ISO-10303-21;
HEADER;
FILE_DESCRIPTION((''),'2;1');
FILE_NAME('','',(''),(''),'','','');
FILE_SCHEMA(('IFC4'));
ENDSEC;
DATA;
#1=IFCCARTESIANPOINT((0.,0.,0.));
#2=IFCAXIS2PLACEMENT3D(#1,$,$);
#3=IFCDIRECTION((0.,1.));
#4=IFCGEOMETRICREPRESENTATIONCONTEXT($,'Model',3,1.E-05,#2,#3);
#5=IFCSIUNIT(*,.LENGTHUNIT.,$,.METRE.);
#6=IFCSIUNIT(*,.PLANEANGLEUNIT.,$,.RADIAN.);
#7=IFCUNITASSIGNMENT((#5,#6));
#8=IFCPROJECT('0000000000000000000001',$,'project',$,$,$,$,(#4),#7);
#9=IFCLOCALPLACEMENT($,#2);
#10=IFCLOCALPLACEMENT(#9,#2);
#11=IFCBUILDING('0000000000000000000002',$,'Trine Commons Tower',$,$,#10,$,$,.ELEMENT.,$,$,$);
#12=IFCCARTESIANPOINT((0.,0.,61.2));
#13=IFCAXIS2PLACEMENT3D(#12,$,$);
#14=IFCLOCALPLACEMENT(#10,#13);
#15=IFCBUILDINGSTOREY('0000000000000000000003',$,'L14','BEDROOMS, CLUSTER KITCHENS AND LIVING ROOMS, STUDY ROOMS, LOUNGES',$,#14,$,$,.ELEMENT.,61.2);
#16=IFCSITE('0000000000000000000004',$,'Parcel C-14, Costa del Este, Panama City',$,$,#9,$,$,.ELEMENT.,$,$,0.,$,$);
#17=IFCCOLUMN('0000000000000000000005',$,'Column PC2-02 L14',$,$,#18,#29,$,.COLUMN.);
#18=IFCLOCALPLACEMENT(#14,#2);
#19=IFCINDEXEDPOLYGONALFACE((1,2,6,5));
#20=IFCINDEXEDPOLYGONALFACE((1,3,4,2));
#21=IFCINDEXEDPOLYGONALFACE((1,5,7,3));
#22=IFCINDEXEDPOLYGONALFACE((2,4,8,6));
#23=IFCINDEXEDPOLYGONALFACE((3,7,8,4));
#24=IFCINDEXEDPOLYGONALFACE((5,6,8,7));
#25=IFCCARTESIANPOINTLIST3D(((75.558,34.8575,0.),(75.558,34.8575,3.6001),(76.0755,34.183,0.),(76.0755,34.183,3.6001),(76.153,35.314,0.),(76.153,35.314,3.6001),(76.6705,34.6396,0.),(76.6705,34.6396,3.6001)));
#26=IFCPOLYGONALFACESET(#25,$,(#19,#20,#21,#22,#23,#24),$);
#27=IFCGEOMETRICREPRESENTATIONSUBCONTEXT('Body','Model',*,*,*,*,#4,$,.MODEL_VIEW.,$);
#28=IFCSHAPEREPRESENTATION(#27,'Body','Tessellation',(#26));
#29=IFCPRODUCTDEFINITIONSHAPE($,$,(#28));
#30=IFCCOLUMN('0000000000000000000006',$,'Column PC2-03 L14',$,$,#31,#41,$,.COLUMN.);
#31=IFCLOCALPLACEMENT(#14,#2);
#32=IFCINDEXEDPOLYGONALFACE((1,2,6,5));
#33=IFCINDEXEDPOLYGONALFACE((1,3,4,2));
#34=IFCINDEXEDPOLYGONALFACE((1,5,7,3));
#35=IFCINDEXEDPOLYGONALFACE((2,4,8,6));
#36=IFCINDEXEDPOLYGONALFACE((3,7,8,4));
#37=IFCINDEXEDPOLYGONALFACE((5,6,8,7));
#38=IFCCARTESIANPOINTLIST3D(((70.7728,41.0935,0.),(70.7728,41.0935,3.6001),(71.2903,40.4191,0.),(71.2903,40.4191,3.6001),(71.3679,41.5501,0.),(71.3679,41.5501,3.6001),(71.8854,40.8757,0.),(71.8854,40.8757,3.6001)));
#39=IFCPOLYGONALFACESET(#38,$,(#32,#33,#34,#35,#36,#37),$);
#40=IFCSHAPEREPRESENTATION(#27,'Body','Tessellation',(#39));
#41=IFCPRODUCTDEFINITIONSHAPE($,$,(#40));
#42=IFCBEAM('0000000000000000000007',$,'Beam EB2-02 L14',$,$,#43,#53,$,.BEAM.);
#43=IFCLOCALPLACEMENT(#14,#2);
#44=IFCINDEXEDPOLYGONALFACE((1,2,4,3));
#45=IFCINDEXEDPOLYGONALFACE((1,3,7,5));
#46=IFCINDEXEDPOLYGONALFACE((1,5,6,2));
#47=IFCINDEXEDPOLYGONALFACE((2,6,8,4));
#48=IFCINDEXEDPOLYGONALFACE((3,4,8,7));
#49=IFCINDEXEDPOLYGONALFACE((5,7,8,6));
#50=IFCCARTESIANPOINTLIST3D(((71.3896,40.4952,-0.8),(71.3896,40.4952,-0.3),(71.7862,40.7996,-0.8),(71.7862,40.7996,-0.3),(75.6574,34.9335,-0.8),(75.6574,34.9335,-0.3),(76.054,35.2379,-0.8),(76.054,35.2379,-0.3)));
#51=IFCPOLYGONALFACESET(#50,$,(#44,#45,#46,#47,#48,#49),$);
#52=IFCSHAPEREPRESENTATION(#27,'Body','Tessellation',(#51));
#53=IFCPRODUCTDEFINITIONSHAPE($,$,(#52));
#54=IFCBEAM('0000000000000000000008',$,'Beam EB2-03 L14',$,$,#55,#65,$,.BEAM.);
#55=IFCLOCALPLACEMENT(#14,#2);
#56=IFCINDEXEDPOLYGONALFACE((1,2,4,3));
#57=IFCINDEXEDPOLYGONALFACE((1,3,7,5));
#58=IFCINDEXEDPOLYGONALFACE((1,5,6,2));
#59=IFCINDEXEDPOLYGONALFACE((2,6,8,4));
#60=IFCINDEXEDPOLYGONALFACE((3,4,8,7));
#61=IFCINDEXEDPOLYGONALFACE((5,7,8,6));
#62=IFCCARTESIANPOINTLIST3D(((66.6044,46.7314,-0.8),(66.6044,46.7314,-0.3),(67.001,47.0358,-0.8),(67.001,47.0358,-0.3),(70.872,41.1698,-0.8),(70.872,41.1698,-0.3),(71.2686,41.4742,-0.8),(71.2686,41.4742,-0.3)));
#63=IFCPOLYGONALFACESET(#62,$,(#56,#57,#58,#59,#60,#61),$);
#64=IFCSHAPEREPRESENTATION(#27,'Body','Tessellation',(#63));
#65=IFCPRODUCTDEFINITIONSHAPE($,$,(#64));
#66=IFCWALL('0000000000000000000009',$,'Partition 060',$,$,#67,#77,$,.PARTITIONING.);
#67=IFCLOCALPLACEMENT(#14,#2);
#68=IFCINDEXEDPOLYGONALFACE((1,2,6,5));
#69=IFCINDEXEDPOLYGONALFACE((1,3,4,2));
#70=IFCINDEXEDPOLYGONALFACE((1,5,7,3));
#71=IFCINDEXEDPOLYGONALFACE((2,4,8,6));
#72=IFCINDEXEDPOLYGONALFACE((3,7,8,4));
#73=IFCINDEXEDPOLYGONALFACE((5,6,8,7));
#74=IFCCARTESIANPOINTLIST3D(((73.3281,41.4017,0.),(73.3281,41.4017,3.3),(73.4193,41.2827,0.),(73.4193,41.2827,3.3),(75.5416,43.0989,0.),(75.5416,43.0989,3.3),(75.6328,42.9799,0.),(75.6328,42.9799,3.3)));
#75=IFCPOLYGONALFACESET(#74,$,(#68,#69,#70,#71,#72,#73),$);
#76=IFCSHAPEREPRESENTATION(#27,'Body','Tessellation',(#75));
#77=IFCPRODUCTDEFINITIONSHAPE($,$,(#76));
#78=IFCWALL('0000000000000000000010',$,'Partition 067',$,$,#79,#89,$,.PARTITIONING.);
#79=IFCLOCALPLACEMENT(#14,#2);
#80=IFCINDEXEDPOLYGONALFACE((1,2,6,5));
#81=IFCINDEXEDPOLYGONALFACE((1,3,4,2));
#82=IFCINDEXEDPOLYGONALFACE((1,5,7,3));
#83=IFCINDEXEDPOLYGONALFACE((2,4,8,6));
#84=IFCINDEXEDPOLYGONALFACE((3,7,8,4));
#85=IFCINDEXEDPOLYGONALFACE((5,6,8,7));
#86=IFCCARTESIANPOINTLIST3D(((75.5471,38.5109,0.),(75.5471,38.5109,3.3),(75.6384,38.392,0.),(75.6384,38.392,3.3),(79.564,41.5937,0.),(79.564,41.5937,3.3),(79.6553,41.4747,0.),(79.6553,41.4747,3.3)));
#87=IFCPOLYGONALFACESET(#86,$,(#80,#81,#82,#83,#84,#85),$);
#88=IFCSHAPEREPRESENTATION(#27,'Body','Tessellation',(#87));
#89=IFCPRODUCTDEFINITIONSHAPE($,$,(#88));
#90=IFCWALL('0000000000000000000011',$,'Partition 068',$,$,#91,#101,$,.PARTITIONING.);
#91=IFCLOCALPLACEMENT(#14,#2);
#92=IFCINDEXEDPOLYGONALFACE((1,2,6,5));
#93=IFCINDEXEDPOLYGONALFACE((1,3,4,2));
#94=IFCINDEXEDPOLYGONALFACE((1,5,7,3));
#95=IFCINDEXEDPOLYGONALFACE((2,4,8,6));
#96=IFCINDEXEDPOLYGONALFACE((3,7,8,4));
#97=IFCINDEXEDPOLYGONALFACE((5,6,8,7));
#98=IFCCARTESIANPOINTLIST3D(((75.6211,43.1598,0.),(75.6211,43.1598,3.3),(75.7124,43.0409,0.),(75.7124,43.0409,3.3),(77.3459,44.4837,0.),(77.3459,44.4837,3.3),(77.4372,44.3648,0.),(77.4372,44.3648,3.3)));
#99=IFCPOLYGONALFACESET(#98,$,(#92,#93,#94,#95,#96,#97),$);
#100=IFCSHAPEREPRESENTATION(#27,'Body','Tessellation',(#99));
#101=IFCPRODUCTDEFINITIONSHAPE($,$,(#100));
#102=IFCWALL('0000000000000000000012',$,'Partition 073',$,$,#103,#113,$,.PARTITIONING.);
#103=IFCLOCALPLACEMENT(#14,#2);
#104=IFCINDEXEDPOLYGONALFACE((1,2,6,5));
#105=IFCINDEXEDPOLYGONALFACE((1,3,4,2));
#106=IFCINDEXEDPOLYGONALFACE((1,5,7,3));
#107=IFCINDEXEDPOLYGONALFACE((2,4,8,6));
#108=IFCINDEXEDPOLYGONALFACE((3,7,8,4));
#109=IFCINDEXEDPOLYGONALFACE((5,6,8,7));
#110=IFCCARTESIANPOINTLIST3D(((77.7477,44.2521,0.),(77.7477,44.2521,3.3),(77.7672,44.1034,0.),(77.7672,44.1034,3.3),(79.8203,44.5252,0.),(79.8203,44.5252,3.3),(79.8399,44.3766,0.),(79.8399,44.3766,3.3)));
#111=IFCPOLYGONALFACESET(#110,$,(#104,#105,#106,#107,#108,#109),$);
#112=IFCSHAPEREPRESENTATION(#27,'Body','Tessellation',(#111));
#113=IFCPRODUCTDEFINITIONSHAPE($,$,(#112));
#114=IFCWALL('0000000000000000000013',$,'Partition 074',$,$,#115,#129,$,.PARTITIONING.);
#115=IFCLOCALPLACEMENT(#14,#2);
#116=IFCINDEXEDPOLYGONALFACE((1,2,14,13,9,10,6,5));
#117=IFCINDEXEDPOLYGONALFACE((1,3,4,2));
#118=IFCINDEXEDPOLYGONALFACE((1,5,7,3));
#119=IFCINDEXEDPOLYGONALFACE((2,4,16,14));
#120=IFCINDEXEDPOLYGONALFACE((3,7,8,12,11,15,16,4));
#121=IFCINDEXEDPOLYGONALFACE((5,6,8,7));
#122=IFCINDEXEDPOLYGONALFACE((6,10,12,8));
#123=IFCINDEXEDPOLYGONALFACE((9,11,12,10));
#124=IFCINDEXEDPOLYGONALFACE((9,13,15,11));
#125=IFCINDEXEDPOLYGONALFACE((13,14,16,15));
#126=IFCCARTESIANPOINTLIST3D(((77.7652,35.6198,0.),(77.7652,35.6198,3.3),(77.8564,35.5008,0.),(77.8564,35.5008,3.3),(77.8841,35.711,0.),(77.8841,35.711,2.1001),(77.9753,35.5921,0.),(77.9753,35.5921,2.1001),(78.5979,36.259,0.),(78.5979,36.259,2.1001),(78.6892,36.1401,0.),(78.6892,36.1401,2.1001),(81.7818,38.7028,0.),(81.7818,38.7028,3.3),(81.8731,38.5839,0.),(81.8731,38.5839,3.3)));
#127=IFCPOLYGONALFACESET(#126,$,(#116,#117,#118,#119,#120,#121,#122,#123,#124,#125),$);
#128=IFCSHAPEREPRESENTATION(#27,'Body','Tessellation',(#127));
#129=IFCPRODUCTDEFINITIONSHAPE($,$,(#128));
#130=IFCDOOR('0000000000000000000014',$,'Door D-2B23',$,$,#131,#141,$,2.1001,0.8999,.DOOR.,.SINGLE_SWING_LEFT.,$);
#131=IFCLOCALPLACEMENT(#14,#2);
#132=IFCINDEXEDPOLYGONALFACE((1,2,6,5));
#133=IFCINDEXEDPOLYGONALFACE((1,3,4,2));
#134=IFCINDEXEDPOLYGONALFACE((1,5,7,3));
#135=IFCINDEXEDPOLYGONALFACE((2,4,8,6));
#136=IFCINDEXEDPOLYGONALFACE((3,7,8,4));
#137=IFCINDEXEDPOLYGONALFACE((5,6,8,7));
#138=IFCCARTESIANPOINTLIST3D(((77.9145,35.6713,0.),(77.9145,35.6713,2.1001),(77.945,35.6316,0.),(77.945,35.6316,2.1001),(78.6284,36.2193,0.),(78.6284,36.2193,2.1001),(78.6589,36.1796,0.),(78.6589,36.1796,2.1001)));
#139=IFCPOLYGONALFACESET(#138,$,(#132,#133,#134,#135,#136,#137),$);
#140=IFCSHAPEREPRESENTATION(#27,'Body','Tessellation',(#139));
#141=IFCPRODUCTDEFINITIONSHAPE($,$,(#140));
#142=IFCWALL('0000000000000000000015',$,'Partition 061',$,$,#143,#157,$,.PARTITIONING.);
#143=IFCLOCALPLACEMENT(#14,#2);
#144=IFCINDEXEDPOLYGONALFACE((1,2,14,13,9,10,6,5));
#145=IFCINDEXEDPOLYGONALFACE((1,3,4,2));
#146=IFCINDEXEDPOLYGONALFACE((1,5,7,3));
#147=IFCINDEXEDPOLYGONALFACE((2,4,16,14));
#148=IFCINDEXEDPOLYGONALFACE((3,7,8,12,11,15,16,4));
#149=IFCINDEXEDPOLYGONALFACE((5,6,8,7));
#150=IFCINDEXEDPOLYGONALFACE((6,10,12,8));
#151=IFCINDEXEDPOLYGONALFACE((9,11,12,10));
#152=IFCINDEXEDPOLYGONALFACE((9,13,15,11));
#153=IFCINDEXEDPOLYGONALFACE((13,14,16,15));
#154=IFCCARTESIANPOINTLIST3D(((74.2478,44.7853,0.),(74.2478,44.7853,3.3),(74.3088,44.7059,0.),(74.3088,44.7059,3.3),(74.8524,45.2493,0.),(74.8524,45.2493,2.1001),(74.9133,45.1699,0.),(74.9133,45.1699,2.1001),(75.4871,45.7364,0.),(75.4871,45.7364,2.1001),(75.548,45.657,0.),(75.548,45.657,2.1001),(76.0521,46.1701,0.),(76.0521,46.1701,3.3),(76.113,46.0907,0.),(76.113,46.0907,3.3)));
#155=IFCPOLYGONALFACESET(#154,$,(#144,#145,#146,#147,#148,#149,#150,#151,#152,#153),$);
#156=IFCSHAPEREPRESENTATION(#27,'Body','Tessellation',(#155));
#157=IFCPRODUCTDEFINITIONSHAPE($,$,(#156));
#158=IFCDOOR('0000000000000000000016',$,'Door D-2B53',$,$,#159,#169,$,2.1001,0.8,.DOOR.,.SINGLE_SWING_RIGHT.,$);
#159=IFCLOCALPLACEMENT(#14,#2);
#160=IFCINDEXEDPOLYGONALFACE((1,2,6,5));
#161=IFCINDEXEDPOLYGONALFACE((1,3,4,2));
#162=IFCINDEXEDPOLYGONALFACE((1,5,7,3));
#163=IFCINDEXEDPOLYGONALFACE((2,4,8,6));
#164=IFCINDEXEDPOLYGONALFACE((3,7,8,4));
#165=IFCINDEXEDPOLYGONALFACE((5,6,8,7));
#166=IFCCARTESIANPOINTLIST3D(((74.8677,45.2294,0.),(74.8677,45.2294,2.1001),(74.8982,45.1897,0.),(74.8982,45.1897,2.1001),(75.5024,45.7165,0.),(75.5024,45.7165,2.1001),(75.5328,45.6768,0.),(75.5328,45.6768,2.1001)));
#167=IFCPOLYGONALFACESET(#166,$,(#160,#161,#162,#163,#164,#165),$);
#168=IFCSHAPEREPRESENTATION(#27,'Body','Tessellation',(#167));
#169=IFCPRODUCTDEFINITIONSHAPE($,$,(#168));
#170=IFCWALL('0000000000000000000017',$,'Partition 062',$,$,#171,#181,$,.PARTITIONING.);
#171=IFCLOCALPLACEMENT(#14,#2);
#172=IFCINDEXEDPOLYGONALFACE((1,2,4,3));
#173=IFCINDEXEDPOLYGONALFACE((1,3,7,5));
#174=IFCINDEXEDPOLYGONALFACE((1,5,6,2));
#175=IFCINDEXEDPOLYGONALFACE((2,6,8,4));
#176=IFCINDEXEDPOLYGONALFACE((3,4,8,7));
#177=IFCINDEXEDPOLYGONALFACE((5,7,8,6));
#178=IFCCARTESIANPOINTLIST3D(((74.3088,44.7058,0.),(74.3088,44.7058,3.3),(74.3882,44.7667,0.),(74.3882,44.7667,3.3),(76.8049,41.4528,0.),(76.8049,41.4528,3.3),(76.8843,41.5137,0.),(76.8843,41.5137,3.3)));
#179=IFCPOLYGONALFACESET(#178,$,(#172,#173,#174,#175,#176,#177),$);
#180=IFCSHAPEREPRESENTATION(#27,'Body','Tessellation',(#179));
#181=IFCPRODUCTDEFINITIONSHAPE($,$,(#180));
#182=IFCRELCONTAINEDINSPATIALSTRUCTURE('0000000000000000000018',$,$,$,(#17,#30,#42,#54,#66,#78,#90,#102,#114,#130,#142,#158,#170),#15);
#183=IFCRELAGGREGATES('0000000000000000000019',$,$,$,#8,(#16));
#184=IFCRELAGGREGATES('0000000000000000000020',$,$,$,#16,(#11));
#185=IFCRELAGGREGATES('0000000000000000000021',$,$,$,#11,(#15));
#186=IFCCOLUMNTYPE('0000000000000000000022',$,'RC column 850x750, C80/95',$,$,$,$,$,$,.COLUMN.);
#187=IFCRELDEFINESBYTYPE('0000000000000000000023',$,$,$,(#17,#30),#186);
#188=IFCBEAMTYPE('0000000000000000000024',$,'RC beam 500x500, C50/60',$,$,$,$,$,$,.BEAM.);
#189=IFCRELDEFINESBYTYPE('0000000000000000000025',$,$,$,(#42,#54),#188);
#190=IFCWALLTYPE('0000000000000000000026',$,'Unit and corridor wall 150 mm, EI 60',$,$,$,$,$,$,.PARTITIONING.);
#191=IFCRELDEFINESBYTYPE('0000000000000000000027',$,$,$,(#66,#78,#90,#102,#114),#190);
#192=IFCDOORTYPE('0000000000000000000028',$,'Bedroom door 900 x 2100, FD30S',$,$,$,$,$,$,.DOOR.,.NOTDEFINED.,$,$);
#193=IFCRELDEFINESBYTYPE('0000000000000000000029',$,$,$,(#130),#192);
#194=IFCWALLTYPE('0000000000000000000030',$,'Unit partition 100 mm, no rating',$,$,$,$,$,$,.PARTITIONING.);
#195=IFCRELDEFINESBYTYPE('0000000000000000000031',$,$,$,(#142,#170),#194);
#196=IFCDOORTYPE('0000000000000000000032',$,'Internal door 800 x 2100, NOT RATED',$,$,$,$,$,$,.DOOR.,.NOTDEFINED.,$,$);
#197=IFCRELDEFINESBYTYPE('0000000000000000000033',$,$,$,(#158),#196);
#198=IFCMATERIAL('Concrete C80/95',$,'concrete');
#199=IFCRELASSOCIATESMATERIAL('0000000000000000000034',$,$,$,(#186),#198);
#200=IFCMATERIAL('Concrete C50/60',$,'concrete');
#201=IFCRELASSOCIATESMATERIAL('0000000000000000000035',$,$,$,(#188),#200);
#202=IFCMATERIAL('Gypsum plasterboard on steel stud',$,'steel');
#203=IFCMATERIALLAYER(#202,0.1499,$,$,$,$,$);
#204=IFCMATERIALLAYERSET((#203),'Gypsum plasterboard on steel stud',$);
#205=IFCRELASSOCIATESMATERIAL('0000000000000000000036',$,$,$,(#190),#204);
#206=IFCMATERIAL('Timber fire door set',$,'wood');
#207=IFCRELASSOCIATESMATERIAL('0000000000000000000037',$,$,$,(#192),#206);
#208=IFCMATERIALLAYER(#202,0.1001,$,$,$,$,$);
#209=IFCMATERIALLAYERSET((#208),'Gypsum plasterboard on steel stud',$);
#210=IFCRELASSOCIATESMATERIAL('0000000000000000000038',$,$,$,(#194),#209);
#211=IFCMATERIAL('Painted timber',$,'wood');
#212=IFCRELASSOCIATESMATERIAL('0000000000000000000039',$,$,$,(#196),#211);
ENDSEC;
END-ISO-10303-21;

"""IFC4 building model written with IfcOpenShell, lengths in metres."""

from ifc_helpers import new_model, si_unit, direction, frame, frame_2d, origin, origin_2d, place, context, subcontext, project, spatial, rectangle, extrude, material, layer, layer_set, material_profile, profile_set, type_object, element, fill, save


model = new_model("IFC4")

# Units and contexts
model_context = context("Model", 3, precision=1e-05, world=origin(), true_north=direction((0.0, 1.0)))
body_context = subcontext(model_context, "Body", "Model", "MODEL_VIEW")
ifc_project = project(units=[si_unit("LENGTHUNIT", "METRE"), si_unit("PLANEANGLEUNIT", "RADIAN")], contexts=[model_context])

# Site, building, storey
site_placement = place(None, origin())
site = spatial("IfcSite", under=ifc_project, at=site_placement, Name="Parcel C-14, Costa del Este, Panama City", CompositionType="ELEMENT", RefElevation=0.0)
building_placement = place(site_placement, origin())
building = spatial("IfcBuilding", under=site, at=building_placement, Name="Trine Commons Tower", CompositionType="ELEMENT")
storey_placement = place(building_placement, frame((0.0, 0.0, 61.2)))
storey = spatial("IfcBuildingStorey", under=building, at=storey_placement, Name="L14", Description="BEDROOMS, CLUSTER KITCHENS AND LIVING ROOMS, STUDY ROOMS, LOUNGES", CompositionType="ELEMENT", Elevation=61.2)

# Columns
ifc_material_1 = material(Name="Concrete C80/95", Category="concrete")
ifc_material_profile_1 = material_profile(ifc_material_1, rectangle(XDim=0.8501, YDim=0.75, at=origin_2d()), Name="RC 850x750")
ifc_profile_set_1 = profile_set([ifc_material_profile_1], Name="Concrete C80/95")
column_type = type_object("IfcColumnType", Name="RC column 850x750, C80/95", PredefinedType="COLUMN", material=ifc_profile_set_1)
for number, where, z_axis, x_axis, name in (
    (1, (76.1143, 34.7485, 0.0), (0.0, 0.0, 1.0), (-0.608761, 0.793353, 0.0), "Column PC2-02 L14"),
    (2, (71.3291, 40.9846, 0.0), (0.0, 0.0, 1.0), (-0.608761, 0.793353, 0.0), "Column PC2-03 L14"),
):
    element("IfcColumn", number, at=place(storey_placement, frame(where, z_axis=z_axis, x_axis=x_axis)), inside=storey, type_object=column_type, Name=name, PredefinedType="COLUMN", context=body_context, shape_type="SweptSolid", body=[
        extrude(rectangle(XDim=0.8501, YDim=0.75, at=origin_2d()), origin(), (0.0, 0.0, 1.0), 3.6001),
    ])

# Beams
ifc_material_2 = material(Name="Concrete C50/60", Category="concrete")
ifc_material_profile_2 = material_profile(ifc_material_2, rectangle(XDim=0.5, YDim=0.5, at=origin_2d()), Name="RC 500x500")
ifc_profile_set_2 = profile_set([ifc_material_profile_2], Name="Concrete C50/60")
beam_type = type_object("IfcBeamType", Name="RC beam 500x500, C50/60", PredefinedType="BEAM", material=ifc_profile_set_2)
beam_1_placement = place(storey_placement, frame((75.8557, 35.0857, -0.55), z_axis=(-0.608773, 0.793345, 0.0), x_axis=(-0.793345, -0.608773, 0.0)))
element("IfcBeam", 3, at=beam_1_placement, inside=storey, type_object=beam_type, Name="Beam EB2-02 L14", PredefinedType="BEAM", context=body_context, shape_type="SweptSolid", body=[
    extrude(rectangle(XDim=0.5, YDim=0.5, at=origin_2d()), origin(), (0.0, 0.0, 1.0), 7.0105),
])
beam_2_placement = place(storey_placement, frame((71.0703, 41.322, -0.55), z_axis=(-0.608768, 0.793348, 0.0), x_axis=(-0.793348, -0.608768, 0.0)))
element("IfcBeam", 4, at=beam_2_placement, inside=storey, type_object=beam_type, Name="Beam EB2-03 L14", PredefinedType="BEAM", context=body_context, shape_type="SweptSolid", body=[
    extrude(rectangle(XDim=0.5, YDim=0.5, at=origin_2d()), origin(), (0.0, 0.0, 1.0), 7.0103),
])

# Walls
ifc_material_3 = material(Name="Gypsum plasterboard on steel stud", Category="steel")
ifc_layer_1 = layer(ifc_material_3, 0.1499)
ifc_layer_set_1 = layer_set([ifc_layer_1], Name="Gypsum plasterboard on steel stud")
wall_type_1 = type_object("IfcWallType", Name="Unit and corridor wall 150 mm, EI 60", PredefinedType="PARTITIONING", material=ifc_layer_set_1)
wall_1_placement = place(storey_placement, frame((73.3738, 41.3423, 0.0), z_axis=(0.0, 0.0, 1.0), x_axis=(0.79358, 0.608466, 0.0)))
element("IfcWall", 5, at=wall_1_placement, inside=storey, type_object=wall_type_1, Name="Partition 060", PredefinedType="PARTITIONING", context=body_context, shape_type="SweptSolid", body=[
    extrude(rectangle(XDim=2.7893, YDim=0.1499, at=frame_2d((1.3945, 0.0))), origin(), (0.0, 0.0, 1.0), 3.3),
])
wall_2_placement = place(storey_placement, frame((75.5928, 38.4514, 0.0), z_axis=(0.0, 0.0, 1.0), x_axis=(0.793303, 0.608827, 0.0)))
element("IfcWall", 6, at=wall_2_placement, inside=storey, type_object=wall_type_1, Name="Partition 067", PredefinedType="PARTITIONING", context=body_context, shape_type="SweptSolid", body=[
    extrude(rectangle(XDim=5.0635, YDim=0.1499, at=frame_2d((2.5317, 0.0))), origin(), (0.0, 0.0, 1.0), 3.3),
])
wall_3_placement = place(storey_placement, frame((75.6667, 43.1003, 0.0), z_axis=(0.0, 0.0, 1.0), x_axis=(0.793254, 0.608891, 0.0)))
element("IfcWall", 7, at=wall_3_placement, inside=storey, type_object=wall_type_1, Name="Partition 068", PredefinedType="PARTITIONING", context=body_context, shape_type="SweptSolid", body=[
    extrude(rectangle(XDim=2.1743, YDim=0.1499, at=frame_2d((1.0872, 0.0))), origin(), (0.0, 0.0, 1.0), 3.3),
])
wall_4_placement = place(storey_placement, frame((77.7573, 44.1777, 0.0), z_axis=(0.0, 0.0, 1.0), x_axis=(0.991426, 0.130672, 0.0)))
element("IfcWall", 8, at=wall_4_placement, inside=storey, type_object=wall_type_1, Name="Partition 073", PredefinedType="PARTITIONING", context=body_context, shape_type="SweptSolid", body=[
    extrude(rectangle(XDim=2.0906, YDim=0.1499, at=frame_2d((1.0454, 0.0))), origin(), (0.0, 0.0, 1.0), 3.3),
])

# Walls, openings, doors
wall_5_placement = place(storey_placement, frame((77.8108, 35.5603, 0.0), z_axis=(0.0, 0.0, 1.0), x_axis=(0.793262, 0.608881, 0.0)))
wall_5 = element("IfcWall", 9, at=wall_5_placement, inside=storey, type_object=wall_type_1, Name="Partition 074", PredefinedType="PARTITIONING", context=body_context, shape_type="SweptSolid", body=[
    extrude(rectangle(XDim=5.0635, YDim=0.1499, at=frame_2d((2.5317, 0.0))), origin(), (0.0, 0.0, 1.0), 3.3),
])
opening_1_placement = place(wall_5_placement, frame((0.1499, 0.0, 0.0)))
opening_1 = element("IfcOpeningElement", 10, at=opening_1_placement, cuts=wall_5, PredefinedType="OPENING", context=body_context, shape_type="SweptSolid", body=[
    extrude(rectangle(XDim=0.8999, YDim=2.1001, at=frame_2d((0.45, 1.05))), frame((0.0, 0.085, 0.0), z_axis=(0.0, -1.0, 0.0), x_axis=(1.0, 0.0, 0.0)), (0.0, 0.0, 1.0), 0.1699),
])
ifc_material_4 = material(Name="Timber fire door set", Category="wood")
door_type_1 = type_object("IfcDoorType", Name="Bedroom door 900 x 2100, FD30S", OperationType="NOTDEFINED", PredefinedType="DOOR", material=ifc_material_4)
door_1_placement = place(opening_1_placement, origin())
door_1 = element("IfcDoor", 11, at=door_1_placement, inside=storey, type_object=door_type_1, Name="Door D-2B23", OperationType="SINGLE_SWING_LEFT", OverallHeight=2.1001, OverallWidth=0.8999, PredefinedType="DOOR", context=body_context, shape_type="SweptSolid", body=[
    extrude(rectangle(XDim=0.8999, YDim=2.1001, at=frame_2d((0.45, 1.05))), frame((0.0, 0.0249, 0.0), z_axis=(0.0, -1.0, 0.0), x_axis=(1.0, 0.0, 0.0)), (0.0, 0.0, 1.0), 0.05),
])
fill(opening_1, door_1)
ifc_layer_2 = layer(ifc_material_3, 0.1001)
ifc_layer_set_2 = layer_set([ifc_layer_2], Name="Gypsum plasterboard on steel stud")
wall_type_2 = type_object("IfcWallType", Name="Unit partition 100 mm, no rating", PredefinedType="PARTITIONING", material=ifc_layer_set_2)
wall_6_placement = place(storey_placement, frame((74.2783, 44.7456, 0.0), z_axis=(0.0, 0.0, 1.0), x_axis=(0.793278, 0.60886, 0.0)))
wall_6 = element("IfcWall", 12, at=wall_6_placement, inside=storey, type_object=wall_type_2, Name="Partition 061", PredefinedType="PARTITIONING", context=body_context, shape_type="SweptSolid", body=[
    extrude(rectangle(XDim=2.2744, YDim=0.1001, at=frame_2d((1.1372, 0.0))), origin(), (0.0, 0.0, 1.0), 3.3),
])
opening_2_placement = place(wall_6_placement, frame((0.7622, 0.0, 0.0)))
opening_2 = element("IfcOpeningElement", 13, at=opening_2_placement, cuts=wall_6, PredefinedType="OPENING", context=body_context, shape_type="SweptSolid", body=[
    extrude(rectangle(XDim=0.8, YDim=2.1001, at=frame_2d((0.3999, 1.05))), frame((0.0, 0.0601, 0.0), z_axis=(0.0, -1.0, 0.0), x_axis=(1.0, 0.0, 0.0)), (0.0, 0.0, 1.0), 0.1201),
])
ifc_material_5 = material(Name="Painted timber", Category="wood")
door_type_2 = type_object("IfcDoorType", Name="Internal door 800 x 2100, NOT RATED", OperationType="NOTDEFINED", PredefinedType="DOOR", material=ifc_material_5)
door_2_placement = place(opening_2_placement, origin())
door_2 = element("IfcDoor", 14, at=door_2_placement, inside=storey, type_object=door_type_2, Name="Door D-2B53", OperationType="SINGLE_SWING_RIGHT", OverallHeight=2.1001, OverallWidth=0.8, PredefinedType="DOOR", context=body_context, shape_type="SweptSolid", body=[
    extrude(rectangle(XDim=0.8, YDim=2.1001, at=frame_2d((0.3999, 1.05))), frame((0.0, 0.0249, 0.0), z_axis=(0.0, -1.0, 0.0), x_axis=(1.0, 0.0, 0.0)), (0.0, 0.0, 1.0), 0.05),
])
fill(opening_2, door_2)

# Wall
wall_7_placement = place(storey_placement, frame((74.3484, 44.7363, 0.0), z_axis=(0.0, 0.0, 1.0), x_axis=(0.608766, -0.793349, 0.0)))
element("IfcWall", 15, at=wall_7_placement, inside=storey, type_object=wall_type_2, Name="Partition 062", PredefinedType="PARTITIONING", context=body_context, shape_type="SweptSolid", body=[
    extrude(rectangle(XDim=4.1003, YDim=0.1001, at=frame_2d((2.0503, 0.0))), origin(), (0.0, 0.0, 1.0), 3.3),
])

save(model, "model.ifc")
